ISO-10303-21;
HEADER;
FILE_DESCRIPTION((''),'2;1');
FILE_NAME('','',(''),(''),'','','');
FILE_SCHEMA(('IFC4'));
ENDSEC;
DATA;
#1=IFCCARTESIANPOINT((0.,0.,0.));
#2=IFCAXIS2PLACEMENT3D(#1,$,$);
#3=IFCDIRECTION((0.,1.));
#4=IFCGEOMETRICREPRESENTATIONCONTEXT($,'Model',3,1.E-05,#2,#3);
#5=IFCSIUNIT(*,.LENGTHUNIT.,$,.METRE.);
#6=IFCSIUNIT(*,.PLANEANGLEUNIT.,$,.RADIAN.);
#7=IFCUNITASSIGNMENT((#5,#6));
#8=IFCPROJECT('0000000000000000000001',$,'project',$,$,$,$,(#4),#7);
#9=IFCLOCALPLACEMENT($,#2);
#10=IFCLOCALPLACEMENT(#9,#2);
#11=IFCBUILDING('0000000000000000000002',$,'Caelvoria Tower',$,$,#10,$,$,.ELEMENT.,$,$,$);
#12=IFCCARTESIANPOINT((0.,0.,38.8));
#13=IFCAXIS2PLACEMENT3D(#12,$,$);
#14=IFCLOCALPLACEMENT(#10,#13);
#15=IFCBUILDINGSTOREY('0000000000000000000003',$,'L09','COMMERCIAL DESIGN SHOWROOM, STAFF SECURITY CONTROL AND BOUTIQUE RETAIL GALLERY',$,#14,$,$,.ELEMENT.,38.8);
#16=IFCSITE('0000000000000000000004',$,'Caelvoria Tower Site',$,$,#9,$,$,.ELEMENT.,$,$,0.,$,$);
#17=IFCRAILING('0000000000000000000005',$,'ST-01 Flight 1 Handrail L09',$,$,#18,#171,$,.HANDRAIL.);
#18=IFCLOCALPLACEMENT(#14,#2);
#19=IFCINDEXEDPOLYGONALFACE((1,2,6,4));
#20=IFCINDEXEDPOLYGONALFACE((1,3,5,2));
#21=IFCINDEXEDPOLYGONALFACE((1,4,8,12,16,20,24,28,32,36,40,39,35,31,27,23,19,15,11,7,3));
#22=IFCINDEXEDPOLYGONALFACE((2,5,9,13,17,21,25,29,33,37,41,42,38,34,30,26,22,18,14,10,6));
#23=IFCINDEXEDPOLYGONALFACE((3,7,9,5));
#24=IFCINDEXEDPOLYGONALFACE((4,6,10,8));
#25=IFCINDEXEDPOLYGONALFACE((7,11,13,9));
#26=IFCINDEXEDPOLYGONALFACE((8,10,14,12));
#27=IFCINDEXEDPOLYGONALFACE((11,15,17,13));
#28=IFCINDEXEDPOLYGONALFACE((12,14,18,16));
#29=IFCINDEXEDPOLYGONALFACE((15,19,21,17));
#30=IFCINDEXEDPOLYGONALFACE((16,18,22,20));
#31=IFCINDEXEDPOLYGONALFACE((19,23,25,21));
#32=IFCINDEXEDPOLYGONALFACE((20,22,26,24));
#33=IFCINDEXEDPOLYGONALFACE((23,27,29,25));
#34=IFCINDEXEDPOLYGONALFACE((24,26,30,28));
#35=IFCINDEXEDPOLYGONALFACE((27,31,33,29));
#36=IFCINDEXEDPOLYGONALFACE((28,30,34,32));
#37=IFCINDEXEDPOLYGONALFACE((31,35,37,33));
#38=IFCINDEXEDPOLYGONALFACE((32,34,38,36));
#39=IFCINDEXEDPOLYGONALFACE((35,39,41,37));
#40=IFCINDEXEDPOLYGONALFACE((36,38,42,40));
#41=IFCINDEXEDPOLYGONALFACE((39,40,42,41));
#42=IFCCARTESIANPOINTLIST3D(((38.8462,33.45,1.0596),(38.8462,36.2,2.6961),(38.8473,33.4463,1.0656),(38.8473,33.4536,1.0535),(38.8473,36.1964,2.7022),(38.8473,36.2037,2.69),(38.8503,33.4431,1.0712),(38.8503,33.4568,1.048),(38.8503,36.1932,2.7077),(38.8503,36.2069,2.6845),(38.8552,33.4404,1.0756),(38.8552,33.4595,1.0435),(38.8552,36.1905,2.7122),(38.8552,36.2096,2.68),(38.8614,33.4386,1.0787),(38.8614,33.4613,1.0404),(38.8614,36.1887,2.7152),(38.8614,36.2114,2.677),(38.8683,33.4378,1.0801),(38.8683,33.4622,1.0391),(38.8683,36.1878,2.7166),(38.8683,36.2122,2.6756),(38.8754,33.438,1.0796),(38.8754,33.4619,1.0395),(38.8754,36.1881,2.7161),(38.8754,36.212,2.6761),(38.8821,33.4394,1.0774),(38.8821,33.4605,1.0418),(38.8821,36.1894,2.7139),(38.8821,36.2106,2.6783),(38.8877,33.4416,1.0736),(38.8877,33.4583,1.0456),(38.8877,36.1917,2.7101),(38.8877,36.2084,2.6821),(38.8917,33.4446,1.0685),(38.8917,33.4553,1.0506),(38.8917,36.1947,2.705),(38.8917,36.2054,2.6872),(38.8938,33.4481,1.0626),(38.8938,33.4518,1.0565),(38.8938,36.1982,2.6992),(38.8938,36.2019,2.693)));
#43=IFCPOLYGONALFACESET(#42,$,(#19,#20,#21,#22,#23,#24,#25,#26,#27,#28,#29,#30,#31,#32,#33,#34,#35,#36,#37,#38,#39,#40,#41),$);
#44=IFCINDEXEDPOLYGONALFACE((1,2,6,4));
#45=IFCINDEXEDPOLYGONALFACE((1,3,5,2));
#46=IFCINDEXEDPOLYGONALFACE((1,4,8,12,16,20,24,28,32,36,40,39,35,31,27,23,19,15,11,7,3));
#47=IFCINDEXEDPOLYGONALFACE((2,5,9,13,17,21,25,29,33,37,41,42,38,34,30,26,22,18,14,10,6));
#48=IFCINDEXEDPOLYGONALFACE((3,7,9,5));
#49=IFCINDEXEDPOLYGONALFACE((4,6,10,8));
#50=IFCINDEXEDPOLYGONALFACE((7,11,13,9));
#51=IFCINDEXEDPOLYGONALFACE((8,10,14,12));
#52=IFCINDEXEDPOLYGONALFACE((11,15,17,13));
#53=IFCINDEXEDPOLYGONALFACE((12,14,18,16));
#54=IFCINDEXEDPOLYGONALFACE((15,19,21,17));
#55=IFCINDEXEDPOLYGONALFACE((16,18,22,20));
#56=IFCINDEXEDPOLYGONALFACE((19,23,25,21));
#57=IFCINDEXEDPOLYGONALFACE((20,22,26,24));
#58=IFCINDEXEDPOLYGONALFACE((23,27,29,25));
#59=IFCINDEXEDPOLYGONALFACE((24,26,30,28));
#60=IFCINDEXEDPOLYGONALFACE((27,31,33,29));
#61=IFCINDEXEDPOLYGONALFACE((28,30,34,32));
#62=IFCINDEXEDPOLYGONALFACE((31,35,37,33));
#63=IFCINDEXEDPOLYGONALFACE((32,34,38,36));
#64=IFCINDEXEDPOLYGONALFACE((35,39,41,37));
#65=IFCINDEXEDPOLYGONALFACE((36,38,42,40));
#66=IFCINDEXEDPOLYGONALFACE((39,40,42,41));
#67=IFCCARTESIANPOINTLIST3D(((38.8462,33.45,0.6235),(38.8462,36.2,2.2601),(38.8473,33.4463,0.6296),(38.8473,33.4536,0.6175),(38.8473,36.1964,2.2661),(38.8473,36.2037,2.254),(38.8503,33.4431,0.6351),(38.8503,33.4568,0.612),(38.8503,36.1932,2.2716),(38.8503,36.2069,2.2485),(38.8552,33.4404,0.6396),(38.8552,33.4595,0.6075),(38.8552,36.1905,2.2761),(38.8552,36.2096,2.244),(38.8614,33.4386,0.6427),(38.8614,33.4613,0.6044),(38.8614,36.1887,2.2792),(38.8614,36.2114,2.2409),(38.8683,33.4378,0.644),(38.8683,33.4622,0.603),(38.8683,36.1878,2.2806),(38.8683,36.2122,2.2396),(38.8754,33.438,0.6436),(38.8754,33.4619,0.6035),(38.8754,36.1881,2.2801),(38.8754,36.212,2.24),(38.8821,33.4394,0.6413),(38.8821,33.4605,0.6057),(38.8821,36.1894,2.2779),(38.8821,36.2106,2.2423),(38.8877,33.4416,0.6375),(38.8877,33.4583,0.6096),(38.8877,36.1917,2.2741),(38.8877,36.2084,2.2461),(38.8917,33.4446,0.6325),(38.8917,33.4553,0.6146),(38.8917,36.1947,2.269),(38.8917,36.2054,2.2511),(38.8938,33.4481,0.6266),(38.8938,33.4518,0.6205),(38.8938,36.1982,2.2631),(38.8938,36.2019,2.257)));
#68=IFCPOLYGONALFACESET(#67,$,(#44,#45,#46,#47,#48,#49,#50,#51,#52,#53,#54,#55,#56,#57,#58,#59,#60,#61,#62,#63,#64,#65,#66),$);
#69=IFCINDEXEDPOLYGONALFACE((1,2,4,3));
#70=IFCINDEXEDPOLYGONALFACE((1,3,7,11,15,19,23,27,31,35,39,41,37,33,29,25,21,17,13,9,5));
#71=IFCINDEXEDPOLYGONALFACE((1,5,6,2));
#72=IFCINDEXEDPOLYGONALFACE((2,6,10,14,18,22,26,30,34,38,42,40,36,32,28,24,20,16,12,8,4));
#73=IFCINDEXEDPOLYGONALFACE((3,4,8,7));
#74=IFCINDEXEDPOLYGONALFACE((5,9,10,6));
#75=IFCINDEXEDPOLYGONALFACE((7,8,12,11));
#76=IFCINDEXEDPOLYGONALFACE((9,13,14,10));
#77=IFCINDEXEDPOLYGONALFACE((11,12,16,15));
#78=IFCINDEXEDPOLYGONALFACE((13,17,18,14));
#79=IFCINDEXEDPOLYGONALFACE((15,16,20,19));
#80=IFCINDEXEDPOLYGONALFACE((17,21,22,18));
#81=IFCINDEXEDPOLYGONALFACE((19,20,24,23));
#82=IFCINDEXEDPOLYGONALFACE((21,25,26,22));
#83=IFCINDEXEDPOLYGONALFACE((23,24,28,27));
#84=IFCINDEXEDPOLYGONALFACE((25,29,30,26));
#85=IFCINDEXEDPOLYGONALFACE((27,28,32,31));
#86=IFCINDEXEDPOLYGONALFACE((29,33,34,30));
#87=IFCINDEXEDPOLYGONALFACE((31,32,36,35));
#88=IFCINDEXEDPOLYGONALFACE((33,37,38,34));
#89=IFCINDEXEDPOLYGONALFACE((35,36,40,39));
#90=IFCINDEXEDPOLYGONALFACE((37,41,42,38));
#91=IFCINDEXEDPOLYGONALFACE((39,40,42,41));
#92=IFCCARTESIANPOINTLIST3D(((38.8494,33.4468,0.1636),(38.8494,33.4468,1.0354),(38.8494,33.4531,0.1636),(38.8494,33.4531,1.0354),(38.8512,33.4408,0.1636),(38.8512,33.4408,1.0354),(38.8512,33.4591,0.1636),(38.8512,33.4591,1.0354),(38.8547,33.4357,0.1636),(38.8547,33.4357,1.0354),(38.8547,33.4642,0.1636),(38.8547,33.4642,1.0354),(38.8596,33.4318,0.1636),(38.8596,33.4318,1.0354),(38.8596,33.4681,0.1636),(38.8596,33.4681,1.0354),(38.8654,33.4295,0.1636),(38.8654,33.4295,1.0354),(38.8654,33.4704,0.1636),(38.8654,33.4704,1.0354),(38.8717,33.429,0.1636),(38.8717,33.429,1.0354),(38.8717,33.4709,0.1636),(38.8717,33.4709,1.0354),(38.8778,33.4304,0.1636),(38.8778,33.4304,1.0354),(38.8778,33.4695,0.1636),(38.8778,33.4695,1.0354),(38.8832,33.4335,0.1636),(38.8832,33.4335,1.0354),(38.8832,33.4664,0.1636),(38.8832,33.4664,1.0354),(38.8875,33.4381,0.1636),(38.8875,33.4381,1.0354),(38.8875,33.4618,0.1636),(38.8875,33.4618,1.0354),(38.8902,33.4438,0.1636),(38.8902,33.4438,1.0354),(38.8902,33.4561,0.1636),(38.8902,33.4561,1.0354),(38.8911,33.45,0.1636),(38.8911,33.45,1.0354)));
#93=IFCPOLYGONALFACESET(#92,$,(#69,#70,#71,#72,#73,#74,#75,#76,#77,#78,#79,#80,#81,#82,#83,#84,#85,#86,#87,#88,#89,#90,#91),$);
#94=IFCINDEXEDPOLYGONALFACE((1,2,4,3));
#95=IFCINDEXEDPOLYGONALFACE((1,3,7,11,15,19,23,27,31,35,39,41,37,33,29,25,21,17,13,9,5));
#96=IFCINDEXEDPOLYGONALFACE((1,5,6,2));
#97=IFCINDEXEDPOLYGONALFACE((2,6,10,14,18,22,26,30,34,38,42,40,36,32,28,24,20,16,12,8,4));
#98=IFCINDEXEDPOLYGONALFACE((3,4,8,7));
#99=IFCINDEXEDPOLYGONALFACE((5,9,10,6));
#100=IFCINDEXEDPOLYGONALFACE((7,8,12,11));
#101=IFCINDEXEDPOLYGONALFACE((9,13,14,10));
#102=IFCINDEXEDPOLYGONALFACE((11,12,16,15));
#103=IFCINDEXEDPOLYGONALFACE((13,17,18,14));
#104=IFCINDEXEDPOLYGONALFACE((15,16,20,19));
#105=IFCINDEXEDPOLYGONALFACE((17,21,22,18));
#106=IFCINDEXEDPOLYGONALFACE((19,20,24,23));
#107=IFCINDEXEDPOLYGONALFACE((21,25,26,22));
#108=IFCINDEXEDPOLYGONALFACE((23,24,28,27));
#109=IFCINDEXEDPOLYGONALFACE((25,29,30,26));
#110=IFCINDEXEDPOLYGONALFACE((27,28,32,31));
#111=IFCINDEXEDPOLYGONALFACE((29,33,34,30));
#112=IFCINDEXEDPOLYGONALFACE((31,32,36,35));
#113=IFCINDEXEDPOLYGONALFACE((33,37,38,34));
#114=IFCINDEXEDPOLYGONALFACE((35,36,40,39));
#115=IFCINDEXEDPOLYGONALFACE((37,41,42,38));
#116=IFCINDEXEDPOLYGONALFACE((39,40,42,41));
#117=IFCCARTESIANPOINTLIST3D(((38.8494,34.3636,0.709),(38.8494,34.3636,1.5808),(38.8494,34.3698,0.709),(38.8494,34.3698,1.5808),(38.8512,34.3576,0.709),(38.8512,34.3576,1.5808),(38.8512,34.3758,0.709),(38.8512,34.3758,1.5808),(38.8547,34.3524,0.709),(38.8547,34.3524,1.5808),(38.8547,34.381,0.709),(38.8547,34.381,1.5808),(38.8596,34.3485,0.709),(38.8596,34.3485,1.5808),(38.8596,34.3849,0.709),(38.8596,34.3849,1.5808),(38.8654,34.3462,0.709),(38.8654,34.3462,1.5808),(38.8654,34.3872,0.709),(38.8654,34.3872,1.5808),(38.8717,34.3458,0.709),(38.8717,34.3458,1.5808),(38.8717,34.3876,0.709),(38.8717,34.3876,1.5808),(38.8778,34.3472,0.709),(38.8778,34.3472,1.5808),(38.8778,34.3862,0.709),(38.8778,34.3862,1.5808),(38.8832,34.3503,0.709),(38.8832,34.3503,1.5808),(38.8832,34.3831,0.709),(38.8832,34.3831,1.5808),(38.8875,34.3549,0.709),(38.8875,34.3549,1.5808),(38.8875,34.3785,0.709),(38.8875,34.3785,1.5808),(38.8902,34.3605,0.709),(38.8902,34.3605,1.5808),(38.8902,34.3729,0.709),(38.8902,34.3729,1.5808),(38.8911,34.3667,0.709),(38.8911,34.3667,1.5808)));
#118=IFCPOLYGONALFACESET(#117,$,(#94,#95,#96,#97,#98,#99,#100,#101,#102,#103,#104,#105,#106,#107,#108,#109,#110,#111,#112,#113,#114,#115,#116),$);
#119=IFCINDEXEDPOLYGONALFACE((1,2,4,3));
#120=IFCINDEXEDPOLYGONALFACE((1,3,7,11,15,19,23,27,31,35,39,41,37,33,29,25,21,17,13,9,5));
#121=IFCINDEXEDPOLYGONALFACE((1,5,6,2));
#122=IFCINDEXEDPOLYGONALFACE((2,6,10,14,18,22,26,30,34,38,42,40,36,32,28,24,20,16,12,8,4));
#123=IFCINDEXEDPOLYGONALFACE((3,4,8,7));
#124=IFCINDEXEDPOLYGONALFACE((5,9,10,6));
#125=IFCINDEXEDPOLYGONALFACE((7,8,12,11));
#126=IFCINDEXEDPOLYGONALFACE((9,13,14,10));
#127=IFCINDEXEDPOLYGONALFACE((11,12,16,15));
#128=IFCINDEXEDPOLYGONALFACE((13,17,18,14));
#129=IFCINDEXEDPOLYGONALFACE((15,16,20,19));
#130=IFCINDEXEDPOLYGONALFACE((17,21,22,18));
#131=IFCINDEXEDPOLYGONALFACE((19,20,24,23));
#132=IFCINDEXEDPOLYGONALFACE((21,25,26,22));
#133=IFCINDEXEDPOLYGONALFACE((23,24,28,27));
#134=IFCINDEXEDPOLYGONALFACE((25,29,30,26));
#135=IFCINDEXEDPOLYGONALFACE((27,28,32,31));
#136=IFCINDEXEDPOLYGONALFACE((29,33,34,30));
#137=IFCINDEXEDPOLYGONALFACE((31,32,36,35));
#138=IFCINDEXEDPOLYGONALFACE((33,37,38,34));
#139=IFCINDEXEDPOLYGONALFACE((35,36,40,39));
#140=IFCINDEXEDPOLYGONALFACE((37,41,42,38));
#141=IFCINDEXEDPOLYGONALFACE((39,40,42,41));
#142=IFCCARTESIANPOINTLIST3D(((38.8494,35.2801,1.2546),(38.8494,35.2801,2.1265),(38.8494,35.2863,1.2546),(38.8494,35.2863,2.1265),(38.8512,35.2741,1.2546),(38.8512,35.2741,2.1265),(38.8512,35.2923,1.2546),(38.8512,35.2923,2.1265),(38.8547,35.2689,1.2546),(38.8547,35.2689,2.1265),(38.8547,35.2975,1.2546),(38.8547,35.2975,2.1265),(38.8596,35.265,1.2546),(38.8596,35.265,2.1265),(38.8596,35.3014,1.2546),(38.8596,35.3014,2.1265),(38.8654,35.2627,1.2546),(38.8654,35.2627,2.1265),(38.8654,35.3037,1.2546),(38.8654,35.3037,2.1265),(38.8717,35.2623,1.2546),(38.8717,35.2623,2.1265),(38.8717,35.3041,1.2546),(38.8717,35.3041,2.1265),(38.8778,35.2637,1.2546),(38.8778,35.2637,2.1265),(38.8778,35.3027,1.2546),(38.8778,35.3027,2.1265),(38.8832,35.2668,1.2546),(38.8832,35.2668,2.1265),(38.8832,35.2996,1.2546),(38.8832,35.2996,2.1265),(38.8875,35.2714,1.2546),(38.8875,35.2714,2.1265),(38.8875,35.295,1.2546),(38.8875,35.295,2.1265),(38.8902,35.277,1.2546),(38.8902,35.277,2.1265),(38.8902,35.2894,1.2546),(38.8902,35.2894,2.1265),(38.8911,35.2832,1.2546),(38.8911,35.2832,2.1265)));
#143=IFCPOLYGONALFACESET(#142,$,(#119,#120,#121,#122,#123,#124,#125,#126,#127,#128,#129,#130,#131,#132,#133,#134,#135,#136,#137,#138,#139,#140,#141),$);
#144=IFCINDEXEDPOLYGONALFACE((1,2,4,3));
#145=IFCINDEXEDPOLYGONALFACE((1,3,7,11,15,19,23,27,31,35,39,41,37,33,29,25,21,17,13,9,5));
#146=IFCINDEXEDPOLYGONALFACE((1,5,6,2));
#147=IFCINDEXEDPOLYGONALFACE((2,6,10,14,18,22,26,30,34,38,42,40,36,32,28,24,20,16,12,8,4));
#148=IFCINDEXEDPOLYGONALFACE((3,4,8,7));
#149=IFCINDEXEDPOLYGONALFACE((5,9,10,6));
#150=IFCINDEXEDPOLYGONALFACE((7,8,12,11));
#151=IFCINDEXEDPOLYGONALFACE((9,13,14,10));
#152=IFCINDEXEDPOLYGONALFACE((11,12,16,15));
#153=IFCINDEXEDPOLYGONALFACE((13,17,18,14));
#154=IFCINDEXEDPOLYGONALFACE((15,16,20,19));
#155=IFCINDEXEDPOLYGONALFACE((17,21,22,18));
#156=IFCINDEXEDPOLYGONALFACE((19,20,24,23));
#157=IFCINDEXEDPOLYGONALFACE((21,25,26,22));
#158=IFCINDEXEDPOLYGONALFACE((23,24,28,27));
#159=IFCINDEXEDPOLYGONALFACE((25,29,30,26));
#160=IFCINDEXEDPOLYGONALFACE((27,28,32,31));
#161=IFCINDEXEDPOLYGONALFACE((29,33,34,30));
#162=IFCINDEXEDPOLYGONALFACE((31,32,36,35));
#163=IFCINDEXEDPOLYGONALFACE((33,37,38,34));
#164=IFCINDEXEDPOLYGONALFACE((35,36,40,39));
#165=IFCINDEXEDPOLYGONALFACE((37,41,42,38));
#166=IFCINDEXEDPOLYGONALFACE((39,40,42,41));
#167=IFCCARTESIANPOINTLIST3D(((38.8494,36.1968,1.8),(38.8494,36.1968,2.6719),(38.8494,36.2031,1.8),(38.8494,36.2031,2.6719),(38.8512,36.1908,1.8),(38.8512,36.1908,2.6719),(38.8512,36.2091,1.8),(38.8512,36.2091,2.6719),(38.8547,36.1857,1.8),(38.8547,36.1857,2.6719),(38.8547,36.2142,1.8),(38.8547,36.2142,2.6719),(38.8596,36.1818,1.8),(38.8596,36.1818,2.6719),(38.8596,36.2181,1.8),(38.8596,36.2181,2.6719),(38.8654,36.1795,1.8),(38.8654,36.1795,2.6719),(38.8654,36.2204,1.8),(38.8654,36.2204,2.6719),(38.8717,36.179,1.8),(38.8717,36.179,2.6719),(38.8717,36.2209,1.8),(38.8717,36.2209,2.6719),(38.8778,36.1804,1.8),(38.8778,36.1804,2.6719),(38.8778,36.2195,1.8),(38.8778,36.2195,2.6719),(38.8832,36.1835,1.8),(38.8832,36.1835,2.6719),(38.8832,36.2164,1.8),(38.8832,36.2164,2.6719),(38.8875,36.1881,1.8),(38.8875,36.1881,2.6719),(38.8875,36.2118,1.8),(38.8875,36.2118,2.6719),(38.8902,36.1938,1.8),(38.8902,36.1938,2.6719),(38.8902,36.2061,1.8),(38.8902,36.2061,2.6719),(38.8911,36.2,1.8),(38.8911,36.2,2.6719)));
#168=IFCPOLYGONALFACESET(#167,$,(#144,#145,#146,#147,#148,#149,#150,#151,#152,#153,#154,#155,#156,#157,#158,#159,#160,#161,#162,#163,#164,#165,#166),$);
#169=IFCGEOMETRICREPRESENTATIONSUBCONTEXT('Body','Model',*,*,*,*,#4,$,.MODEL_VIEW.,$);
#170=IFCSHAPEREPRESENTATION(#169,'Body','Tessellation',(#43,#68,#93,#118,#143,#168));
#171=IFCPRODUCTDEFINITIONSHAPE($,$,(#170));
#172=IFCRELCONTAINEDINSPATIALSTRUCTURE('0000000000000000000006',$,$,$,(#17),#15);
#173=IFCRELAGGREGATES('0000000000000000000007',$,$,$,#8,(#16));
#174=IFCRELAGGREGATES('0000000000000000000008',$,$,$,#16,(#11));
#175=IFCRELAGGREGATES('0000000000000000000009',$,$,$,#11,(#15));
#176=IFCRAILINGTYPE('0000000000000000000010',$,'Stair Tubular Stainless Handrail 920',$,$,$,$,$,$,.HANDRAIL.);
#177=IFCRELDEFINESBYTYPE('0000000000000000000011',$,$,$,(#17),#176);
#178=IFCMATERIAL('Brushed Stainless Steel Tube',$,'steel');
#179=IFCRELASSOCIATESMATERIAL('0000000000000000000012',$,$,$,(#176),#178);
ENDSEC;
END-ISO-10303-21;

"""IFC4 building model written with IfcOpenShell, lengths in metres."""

from ifc_helpers import new_model, si_unit, direction, frame, origin, origin_2d, place, context, subcontext, project, spatial, circle, extrude, material, type_object, element, save


model = new_model("IFC4")

# Units and contexts
model_context = context("Model", 3, precision=1e-05, world=origin(), true_north=direction((0.0, 1.0)))
body_context = subcontext(model_context, "Body", "Model", "MODEL_VIEW")
ifc_project = project(units=[si_unit("LENGTHUNIT", "METRE"), si_unit("PLANEANGLEUNIT", "RADIAN")], contexts=[model_context])

# Site, building, storey
site_placement = place(None, origin())
site = spatial("IfcSite", under=ifc_project, at=site_placement, Name="Caelvoria Tower Site", CompositionType="ELEMENT", RefElevation=0.0)
building_placement = place(site_placement, origin())
building = spatial("IfcBuilding", under=site, at=building_placement, Name="Caelvoria Tower", CompositionType="ELEMENT")
storey_placement = place(building_placement, frame((0.0, 0.0, 38.8)))
storey = spatial("IfcBuildingStorey", under=building, at=storey_placement, Name="L09", Description="COMMERCIAL DESIGN SHOWROOM, STAFF SECURITY CONTROL AND BOUTIQUE RETAIL GALLERY", CompositionType="ELEMENT", Elevation=38.8)

# Railing
ifc_material_1 = material(Name="Brushed Stainless Steel Tube", Category="steel")
railing_type_1 = type_object("IfcRailingType", Name="Stair Tubular Stainless Handrail 920", PredefinedType="HANDRAIL", material=ifc_material_1)
railing_1_placement = place(storey_placement, frame((38.8701, 33.45, 0.1636)))
element("IfcRailing", 1, at=railing_1_placement, inside=storey, type_object=railing_type_1, Name="ST-01 Flight 1 Handrail L09", PredefinedType="HANDRAIL", context=body_context, shape_type="SweptSolid", body=[
    extrude(circle(Radius=0.0239, at=origin_2d()), frame((0.0, 0.0, 0.896), z_axis=(0.0, 0.859352, 0.511385), x_axis=(-1.0, 0.0, 0.0)), (0.0, 0.0, 1.0), 3.2002),
    extrude(circle(Radius=0.0239, at=origin_2d()), frame((0.0, 0.0, 0.46), z_axis=(0.0, 0.859352, 0.511385), x_axis=(-1.0, 0.0, 0.0)), (0.0, 0.0, 1.0), 3.2002),
    extrude(circle(Radius=0.021, at=origin_2d()), origin(), (0.0, 0.0, 1.0), 0.8718),
    extrude(circle(Radius=0.021, at=origin_2d()), frame((0.0, 0.9167, 0.5454)), (0.0, 0.0, 1.0), 0.8718),
    extrude(circle(Radius=0.021, at=origin_2d()), frame((0.0, 1.8333, 1.0911)), (0.0, 0.0, 1.0), 0.8718),
    extrude(circle(Radius=0.021, at=origin_2d()), frame((0.0, 2.75, 1.6365)), (0.0, 0.0, 1.0), 0.8718),
])

save(model, "model.ifc")
